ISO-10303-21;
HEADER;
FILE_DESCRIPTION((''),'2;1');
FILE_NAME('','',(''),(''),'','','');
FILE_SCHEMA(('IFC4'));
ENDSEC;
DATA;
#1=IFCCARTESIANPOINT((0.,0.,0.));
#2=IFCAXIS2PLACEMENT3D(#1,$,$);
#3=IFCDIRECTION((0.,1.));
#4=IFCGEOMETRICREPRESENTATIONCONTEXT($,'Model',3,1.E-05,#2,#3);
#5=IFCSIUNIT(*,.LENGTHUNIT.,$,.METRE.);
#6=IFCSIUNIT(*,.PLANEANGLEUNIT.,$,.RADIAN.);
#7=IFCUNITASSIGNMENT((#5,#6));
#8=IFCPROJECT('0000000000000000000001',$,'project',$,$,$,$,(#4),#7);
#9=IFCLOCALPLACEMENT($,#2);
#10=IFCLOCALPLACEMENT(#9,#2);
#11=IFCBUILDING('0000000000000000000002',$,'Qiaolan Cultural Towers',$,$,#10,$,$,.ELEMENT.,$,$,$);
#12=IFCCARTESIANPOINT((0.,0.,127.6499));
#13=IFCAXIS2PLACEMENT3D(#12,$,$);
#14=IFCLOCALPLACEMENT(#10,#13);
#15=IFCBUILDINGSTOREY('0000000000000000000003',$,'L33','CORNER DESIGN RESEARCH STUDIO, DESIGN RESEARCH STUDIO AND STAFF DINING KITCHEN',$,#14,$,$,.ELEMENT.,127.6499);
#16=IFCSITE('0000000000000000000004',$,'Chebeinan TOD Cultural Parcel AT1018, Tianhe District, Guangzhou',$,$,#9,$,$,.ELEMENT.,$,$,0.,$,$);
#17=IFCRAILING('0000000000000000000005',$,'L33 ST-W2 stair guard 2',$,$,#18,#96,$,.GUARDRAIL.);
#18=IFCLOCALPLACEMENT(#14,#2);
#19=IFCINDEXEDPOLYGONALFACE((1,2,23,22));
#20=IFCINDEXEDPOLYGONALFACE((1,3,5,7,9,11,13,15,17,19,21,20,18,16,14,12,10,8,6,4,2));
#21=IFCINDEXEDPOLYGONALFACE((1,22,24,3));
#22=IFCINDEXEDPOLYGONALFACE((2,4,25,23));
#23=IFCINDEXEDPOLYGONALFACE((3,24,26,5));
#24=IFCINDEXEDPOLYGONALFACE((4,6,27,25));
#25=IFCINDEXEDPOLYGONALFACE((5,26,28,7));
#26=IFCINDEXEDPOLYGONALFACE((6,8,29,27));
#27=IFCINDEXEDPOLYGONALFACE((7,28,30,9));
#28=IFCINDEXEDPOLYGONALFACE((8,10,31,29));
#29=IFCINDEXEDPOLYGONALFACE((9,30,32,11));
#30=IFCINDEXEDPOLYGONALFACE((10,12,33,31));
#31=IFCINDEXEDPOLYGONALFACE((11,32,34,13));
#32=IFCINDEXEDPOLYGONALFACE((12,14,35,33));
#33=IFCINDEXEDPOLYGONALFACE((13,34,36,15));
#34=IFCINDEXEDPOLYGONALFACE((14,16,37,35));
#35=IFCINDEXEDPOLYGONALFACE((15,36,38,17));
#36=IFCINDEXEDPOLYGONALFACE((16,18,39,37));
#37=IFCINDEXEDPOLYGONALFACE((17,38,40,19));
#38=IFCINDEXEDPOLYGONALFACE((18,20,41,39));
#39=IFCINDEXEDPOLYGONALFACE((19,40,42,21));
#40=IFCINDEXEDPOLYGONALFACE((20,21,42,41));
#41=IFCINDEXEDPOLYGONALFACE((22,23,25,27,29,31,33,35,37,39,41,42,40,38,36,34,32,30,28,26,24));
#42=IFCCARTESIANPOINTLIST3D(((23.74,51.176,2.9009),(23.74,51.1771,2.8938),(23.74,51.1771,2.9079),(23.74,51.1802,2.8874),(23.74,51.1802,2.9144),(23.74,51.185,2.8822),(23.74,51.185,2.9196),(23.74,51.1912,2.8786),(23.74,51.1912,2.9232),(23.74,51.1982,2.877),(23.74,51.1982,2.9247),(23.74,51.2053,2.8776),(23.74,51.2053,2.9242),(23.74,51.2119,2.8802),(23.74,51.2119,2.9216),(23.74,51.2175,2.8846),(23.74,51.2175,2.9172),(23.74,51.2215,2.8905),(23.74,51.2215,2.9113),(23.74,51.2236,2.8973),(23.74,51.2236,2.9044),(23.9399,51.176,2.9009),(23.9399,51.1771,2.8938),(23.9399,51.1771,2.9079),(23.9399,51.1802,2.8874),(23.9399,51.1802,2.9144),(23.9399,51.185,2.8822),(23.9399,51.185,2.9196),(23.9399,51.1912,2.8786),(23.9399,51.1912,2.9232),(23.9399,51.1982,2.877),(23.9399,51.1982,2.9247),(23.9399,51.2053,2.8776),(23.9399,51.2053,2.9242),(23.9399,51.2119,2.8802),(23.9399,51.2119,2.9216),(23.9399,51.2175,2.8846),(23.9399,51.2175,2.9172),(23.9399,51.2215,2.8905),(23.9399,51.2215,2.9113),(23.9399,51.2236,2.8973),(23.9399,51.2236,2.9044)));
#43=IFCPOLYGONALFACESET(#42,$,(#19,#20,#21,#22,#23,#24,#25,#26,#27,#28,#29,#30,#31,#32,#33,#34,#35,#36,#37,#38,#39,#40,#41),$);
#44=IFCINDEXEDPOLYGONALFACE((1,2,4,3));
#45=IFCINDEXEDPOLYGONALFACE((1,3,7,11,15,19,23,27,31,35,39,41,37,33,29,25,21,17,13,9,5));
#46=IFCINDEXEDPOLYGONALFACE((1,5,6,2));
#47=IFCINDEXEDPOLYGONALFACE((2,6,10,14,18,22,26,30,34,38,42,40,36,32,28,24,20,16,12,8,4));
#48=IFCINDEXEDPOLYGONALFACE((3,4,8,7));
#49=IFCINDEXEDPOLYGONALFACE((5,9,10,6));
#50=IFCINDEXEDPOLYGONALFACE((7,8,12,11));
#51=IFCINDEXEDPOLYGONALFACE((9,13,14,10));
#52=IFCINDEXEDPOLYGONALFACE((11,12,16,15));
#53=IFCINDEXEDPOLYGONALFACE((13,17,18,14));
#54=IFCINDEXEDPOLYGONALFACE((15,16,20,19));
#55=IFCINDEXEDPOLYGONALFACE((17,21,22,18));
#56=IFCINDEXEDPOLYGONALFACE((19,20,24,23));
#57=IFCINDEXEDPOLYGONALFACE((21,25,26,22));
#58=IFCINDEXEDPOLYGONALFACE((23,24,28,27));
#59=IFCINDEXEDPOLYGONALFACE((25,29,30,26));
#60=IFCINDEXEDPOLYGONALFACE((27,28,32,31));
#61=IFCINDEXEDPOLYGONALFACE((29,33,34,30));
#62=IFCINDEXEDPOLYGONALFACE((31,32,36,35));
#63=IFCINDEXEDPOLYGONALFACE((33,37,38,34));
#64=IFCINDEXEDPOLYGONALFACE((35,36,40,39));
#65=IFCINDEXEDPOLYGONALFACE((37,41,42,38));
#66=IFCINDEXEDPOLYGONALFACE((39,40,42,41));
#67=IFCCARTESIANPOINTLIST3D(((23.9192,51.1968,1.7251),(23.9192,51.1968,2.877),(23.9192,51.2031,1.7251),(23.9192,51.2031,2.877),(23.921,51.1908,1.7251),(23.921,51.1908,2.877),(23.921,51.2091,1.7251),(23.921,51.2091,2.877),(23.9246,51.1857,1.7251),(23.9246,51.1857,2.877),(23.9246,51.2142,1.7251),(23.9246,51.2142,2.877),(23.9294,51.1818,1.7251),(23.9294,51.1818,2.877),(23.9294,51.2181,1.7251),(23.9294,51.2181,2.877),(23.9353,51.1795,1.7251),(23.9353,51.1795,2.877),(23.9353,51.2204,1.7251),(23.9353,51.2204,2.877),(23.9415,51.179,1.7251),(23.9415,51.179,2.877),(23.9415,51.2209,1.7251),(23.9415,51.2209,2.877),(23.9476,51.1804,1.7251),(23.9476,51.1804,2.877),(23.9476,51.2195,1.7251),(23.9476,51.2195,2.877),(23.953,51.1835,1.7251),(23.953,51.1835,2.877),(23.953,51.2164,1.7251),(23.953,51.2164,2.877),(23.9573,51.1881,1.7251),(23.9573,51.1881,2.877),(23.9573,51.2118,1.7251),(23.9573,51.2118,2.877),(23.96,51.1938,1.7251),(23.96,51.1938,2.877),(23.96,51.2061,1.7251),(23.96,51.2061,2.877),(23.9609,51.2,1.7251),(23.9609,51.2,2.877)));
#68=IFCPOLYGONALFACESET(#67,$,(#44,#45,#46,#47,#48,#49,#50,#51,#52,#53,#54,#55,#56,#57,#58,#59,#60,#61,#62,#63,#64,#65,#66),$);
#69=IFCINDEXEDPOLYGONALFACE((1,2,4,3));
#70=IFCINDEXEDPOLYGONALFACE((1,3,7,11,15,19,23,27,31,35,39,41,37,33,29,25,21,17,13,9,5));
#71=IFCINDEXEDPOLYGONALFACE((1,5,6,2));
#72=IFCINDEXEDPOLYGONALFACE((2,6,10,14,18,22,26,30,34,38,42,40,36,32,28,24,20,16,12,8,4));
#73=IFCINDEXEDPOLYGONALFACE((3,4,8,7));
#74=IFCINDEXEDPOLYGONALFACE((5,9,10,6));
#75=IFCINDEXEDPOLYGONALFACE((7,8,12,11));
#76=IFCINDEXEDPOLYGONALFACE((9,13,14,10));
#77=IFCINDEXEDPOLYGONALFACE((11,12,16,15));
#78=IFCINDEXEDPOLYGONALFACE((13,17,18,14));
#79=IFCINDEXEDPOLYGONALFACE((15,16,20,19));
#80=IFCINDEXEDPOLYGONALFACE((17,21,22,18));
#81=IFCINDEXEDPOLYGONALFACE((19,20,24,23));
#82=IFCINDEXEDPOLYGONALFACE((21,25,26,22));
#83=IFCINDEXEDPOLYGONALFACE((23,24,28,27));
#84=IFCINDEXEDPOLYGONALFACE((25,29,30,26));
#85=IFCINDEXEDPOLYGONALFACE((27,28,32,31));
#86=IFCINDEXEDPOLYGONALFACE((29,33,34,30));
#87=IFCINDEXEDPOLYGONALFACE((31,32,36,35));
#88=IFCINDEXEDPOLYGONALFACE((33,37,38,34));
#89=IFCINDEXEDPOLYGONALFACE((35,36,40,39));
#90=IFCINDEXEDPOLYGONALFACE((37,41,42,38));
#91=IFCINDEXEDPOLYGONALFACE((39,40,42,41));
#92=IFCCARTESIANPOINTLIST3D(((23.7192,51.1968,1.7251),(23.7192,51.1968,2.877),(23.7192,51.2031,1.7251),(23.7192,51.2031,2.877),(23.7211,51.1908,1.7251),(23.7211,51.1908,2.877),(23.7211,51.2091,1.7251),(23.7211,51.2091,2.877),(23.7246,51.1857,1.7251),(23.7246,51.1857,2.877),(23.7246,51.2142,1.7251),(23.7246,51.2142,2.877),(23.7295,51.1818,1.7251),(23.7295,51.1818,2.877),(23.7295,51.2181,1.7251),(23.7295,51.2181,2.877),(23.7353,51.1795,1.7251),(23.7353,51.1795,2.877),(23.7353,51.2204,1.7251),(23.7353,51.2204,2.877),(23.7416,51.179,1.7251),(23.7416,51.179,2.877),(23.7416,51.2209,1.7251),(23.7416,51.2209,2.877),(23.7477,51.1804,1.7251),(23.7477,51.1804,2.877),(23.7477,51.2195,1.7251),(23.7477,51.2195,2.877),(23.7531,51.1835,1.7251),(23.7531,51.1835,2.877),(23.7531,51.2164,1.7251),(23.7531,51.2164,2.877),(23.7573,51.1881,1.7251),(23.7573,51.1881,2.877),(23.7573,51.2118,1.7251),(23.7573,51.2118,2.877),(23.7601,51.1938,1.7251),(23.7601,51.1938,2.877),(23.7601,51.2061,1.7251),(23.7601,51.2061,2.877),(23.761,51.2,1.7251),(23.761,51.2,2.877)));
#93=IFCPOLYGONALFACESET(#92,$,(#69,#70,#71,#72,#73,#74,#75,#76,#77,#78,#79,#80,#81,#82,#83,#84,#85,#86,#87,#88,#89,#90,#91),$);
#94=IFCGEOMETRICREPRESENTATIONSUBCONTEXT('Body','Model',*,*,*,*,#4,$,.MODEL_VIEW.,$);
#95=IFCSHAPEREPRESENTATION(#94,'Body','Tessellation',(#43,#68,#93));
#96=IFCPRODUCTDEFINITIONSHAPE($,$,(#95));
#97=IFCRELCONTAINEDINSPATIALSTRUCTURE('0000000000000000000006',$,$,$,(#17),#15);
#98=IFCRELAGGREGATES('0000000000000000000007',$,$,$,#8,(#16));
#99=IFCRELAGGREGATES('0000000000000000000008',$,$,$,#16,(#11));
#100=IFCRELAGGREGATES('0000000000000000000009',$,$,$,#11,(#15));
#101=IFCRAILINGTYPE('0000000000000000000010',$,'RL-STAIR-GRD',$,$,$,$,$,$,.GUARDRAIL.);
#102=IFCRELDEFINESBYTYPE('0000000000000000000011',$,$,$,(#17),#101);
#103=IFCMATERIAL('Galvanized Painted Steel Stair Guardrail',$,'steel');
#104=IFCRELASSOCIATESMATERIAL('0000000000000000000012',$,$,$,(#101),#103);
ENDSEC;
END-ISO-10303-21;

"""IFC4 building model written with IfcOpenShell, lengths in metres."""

from ifc_helpers import new_model, si_unit, direction, frame, origin, origin_2d, place, context, subcontext, project, spatial, circle, extrude, material, type_object, element, save


model = new_model("IFC4")

# Units and contexts
model_context = context("Model", 3, precision=1e-05, world=origin(), true_north=direction((0.0, 1.0)))
body_context = subcontext(model_context, "Body", "Model", "MODEL_VIEW")
ifc_project = project(units=[si_unit("LENGTHUNIT", "METRE"), si_unit("PLANEANGLEUNIT", "RADIAN")], contexts=[model_context])

# Site, building, storey
site_placement = place(None, origin())
site = spatial("IfcSite", under=ifc_project, at=site_placement, Name="Chebeinan TOD Cultural Parcel AT1018, Tianhe District, Guangzhou", CompositionType="ELEMENT", RefElevation=0.0)
building_placement = place(site_placement, origin())
building = spatial("IfcBuilding", under=site, at=building_placement, Name="Qiaolan Cultural Towers", CompositionType="ELEMENT")
storey_placement = place(building_placement, frame((0.0, 0.0, 127.6499)))
storey = spatial("IfcBuildingStorey", under=building, at=storey_placement, Name="L33", Description="CORNER DESIGN RESEARCH STUDIO, DESIGN RESEARCH STUDIO AND STAFF DINING KITCHEN", CompositionType="ELEMENT", Elevation=127.6499)

# Railing
ifc_material_1 = material(Name="Galvanized Painted Steel Stair Guardrail", Category="steel")
railing_type_1 = type_object("IfcRailingType", Name="RL-STAIR-GRD", PredefinedType="GUARDRAIL", material=ifc_material_1)
railing_1_placement = place(storey_placement, frame((23.9399, 51.2, 1.7251)))
element("IfcRailing", 1, at=railing_1_placement, inside=storey, type_object=railing_type_1, Name="L33 ST-W2 stair guard 2", PredefinedType="GUARDRAIL", context=body_context, shape_type="SweptSolid", body=[
    extrude(circle(Radius=0.0239, at=origin_2d()), frame((0.0, 0.0, 1.1758), z_axis=(-1.0, 0.0, 0.0), x_axis=(0.0, -1.0, 0.0)), (0.0, 0.0, 1.0), 0.2),
    extrude(circle(Radius=0.021, at=origin_2d()), origin(), (0.0, 0.0, 1.0), 1.1519),
    extrude(circle(Radius=0.021, at=origin_2d()), frame((-0.2, 0.0, 0.0)), (0.0, 0.0, 1.0), 1.1519),
])

save(model, "model.ifc")
